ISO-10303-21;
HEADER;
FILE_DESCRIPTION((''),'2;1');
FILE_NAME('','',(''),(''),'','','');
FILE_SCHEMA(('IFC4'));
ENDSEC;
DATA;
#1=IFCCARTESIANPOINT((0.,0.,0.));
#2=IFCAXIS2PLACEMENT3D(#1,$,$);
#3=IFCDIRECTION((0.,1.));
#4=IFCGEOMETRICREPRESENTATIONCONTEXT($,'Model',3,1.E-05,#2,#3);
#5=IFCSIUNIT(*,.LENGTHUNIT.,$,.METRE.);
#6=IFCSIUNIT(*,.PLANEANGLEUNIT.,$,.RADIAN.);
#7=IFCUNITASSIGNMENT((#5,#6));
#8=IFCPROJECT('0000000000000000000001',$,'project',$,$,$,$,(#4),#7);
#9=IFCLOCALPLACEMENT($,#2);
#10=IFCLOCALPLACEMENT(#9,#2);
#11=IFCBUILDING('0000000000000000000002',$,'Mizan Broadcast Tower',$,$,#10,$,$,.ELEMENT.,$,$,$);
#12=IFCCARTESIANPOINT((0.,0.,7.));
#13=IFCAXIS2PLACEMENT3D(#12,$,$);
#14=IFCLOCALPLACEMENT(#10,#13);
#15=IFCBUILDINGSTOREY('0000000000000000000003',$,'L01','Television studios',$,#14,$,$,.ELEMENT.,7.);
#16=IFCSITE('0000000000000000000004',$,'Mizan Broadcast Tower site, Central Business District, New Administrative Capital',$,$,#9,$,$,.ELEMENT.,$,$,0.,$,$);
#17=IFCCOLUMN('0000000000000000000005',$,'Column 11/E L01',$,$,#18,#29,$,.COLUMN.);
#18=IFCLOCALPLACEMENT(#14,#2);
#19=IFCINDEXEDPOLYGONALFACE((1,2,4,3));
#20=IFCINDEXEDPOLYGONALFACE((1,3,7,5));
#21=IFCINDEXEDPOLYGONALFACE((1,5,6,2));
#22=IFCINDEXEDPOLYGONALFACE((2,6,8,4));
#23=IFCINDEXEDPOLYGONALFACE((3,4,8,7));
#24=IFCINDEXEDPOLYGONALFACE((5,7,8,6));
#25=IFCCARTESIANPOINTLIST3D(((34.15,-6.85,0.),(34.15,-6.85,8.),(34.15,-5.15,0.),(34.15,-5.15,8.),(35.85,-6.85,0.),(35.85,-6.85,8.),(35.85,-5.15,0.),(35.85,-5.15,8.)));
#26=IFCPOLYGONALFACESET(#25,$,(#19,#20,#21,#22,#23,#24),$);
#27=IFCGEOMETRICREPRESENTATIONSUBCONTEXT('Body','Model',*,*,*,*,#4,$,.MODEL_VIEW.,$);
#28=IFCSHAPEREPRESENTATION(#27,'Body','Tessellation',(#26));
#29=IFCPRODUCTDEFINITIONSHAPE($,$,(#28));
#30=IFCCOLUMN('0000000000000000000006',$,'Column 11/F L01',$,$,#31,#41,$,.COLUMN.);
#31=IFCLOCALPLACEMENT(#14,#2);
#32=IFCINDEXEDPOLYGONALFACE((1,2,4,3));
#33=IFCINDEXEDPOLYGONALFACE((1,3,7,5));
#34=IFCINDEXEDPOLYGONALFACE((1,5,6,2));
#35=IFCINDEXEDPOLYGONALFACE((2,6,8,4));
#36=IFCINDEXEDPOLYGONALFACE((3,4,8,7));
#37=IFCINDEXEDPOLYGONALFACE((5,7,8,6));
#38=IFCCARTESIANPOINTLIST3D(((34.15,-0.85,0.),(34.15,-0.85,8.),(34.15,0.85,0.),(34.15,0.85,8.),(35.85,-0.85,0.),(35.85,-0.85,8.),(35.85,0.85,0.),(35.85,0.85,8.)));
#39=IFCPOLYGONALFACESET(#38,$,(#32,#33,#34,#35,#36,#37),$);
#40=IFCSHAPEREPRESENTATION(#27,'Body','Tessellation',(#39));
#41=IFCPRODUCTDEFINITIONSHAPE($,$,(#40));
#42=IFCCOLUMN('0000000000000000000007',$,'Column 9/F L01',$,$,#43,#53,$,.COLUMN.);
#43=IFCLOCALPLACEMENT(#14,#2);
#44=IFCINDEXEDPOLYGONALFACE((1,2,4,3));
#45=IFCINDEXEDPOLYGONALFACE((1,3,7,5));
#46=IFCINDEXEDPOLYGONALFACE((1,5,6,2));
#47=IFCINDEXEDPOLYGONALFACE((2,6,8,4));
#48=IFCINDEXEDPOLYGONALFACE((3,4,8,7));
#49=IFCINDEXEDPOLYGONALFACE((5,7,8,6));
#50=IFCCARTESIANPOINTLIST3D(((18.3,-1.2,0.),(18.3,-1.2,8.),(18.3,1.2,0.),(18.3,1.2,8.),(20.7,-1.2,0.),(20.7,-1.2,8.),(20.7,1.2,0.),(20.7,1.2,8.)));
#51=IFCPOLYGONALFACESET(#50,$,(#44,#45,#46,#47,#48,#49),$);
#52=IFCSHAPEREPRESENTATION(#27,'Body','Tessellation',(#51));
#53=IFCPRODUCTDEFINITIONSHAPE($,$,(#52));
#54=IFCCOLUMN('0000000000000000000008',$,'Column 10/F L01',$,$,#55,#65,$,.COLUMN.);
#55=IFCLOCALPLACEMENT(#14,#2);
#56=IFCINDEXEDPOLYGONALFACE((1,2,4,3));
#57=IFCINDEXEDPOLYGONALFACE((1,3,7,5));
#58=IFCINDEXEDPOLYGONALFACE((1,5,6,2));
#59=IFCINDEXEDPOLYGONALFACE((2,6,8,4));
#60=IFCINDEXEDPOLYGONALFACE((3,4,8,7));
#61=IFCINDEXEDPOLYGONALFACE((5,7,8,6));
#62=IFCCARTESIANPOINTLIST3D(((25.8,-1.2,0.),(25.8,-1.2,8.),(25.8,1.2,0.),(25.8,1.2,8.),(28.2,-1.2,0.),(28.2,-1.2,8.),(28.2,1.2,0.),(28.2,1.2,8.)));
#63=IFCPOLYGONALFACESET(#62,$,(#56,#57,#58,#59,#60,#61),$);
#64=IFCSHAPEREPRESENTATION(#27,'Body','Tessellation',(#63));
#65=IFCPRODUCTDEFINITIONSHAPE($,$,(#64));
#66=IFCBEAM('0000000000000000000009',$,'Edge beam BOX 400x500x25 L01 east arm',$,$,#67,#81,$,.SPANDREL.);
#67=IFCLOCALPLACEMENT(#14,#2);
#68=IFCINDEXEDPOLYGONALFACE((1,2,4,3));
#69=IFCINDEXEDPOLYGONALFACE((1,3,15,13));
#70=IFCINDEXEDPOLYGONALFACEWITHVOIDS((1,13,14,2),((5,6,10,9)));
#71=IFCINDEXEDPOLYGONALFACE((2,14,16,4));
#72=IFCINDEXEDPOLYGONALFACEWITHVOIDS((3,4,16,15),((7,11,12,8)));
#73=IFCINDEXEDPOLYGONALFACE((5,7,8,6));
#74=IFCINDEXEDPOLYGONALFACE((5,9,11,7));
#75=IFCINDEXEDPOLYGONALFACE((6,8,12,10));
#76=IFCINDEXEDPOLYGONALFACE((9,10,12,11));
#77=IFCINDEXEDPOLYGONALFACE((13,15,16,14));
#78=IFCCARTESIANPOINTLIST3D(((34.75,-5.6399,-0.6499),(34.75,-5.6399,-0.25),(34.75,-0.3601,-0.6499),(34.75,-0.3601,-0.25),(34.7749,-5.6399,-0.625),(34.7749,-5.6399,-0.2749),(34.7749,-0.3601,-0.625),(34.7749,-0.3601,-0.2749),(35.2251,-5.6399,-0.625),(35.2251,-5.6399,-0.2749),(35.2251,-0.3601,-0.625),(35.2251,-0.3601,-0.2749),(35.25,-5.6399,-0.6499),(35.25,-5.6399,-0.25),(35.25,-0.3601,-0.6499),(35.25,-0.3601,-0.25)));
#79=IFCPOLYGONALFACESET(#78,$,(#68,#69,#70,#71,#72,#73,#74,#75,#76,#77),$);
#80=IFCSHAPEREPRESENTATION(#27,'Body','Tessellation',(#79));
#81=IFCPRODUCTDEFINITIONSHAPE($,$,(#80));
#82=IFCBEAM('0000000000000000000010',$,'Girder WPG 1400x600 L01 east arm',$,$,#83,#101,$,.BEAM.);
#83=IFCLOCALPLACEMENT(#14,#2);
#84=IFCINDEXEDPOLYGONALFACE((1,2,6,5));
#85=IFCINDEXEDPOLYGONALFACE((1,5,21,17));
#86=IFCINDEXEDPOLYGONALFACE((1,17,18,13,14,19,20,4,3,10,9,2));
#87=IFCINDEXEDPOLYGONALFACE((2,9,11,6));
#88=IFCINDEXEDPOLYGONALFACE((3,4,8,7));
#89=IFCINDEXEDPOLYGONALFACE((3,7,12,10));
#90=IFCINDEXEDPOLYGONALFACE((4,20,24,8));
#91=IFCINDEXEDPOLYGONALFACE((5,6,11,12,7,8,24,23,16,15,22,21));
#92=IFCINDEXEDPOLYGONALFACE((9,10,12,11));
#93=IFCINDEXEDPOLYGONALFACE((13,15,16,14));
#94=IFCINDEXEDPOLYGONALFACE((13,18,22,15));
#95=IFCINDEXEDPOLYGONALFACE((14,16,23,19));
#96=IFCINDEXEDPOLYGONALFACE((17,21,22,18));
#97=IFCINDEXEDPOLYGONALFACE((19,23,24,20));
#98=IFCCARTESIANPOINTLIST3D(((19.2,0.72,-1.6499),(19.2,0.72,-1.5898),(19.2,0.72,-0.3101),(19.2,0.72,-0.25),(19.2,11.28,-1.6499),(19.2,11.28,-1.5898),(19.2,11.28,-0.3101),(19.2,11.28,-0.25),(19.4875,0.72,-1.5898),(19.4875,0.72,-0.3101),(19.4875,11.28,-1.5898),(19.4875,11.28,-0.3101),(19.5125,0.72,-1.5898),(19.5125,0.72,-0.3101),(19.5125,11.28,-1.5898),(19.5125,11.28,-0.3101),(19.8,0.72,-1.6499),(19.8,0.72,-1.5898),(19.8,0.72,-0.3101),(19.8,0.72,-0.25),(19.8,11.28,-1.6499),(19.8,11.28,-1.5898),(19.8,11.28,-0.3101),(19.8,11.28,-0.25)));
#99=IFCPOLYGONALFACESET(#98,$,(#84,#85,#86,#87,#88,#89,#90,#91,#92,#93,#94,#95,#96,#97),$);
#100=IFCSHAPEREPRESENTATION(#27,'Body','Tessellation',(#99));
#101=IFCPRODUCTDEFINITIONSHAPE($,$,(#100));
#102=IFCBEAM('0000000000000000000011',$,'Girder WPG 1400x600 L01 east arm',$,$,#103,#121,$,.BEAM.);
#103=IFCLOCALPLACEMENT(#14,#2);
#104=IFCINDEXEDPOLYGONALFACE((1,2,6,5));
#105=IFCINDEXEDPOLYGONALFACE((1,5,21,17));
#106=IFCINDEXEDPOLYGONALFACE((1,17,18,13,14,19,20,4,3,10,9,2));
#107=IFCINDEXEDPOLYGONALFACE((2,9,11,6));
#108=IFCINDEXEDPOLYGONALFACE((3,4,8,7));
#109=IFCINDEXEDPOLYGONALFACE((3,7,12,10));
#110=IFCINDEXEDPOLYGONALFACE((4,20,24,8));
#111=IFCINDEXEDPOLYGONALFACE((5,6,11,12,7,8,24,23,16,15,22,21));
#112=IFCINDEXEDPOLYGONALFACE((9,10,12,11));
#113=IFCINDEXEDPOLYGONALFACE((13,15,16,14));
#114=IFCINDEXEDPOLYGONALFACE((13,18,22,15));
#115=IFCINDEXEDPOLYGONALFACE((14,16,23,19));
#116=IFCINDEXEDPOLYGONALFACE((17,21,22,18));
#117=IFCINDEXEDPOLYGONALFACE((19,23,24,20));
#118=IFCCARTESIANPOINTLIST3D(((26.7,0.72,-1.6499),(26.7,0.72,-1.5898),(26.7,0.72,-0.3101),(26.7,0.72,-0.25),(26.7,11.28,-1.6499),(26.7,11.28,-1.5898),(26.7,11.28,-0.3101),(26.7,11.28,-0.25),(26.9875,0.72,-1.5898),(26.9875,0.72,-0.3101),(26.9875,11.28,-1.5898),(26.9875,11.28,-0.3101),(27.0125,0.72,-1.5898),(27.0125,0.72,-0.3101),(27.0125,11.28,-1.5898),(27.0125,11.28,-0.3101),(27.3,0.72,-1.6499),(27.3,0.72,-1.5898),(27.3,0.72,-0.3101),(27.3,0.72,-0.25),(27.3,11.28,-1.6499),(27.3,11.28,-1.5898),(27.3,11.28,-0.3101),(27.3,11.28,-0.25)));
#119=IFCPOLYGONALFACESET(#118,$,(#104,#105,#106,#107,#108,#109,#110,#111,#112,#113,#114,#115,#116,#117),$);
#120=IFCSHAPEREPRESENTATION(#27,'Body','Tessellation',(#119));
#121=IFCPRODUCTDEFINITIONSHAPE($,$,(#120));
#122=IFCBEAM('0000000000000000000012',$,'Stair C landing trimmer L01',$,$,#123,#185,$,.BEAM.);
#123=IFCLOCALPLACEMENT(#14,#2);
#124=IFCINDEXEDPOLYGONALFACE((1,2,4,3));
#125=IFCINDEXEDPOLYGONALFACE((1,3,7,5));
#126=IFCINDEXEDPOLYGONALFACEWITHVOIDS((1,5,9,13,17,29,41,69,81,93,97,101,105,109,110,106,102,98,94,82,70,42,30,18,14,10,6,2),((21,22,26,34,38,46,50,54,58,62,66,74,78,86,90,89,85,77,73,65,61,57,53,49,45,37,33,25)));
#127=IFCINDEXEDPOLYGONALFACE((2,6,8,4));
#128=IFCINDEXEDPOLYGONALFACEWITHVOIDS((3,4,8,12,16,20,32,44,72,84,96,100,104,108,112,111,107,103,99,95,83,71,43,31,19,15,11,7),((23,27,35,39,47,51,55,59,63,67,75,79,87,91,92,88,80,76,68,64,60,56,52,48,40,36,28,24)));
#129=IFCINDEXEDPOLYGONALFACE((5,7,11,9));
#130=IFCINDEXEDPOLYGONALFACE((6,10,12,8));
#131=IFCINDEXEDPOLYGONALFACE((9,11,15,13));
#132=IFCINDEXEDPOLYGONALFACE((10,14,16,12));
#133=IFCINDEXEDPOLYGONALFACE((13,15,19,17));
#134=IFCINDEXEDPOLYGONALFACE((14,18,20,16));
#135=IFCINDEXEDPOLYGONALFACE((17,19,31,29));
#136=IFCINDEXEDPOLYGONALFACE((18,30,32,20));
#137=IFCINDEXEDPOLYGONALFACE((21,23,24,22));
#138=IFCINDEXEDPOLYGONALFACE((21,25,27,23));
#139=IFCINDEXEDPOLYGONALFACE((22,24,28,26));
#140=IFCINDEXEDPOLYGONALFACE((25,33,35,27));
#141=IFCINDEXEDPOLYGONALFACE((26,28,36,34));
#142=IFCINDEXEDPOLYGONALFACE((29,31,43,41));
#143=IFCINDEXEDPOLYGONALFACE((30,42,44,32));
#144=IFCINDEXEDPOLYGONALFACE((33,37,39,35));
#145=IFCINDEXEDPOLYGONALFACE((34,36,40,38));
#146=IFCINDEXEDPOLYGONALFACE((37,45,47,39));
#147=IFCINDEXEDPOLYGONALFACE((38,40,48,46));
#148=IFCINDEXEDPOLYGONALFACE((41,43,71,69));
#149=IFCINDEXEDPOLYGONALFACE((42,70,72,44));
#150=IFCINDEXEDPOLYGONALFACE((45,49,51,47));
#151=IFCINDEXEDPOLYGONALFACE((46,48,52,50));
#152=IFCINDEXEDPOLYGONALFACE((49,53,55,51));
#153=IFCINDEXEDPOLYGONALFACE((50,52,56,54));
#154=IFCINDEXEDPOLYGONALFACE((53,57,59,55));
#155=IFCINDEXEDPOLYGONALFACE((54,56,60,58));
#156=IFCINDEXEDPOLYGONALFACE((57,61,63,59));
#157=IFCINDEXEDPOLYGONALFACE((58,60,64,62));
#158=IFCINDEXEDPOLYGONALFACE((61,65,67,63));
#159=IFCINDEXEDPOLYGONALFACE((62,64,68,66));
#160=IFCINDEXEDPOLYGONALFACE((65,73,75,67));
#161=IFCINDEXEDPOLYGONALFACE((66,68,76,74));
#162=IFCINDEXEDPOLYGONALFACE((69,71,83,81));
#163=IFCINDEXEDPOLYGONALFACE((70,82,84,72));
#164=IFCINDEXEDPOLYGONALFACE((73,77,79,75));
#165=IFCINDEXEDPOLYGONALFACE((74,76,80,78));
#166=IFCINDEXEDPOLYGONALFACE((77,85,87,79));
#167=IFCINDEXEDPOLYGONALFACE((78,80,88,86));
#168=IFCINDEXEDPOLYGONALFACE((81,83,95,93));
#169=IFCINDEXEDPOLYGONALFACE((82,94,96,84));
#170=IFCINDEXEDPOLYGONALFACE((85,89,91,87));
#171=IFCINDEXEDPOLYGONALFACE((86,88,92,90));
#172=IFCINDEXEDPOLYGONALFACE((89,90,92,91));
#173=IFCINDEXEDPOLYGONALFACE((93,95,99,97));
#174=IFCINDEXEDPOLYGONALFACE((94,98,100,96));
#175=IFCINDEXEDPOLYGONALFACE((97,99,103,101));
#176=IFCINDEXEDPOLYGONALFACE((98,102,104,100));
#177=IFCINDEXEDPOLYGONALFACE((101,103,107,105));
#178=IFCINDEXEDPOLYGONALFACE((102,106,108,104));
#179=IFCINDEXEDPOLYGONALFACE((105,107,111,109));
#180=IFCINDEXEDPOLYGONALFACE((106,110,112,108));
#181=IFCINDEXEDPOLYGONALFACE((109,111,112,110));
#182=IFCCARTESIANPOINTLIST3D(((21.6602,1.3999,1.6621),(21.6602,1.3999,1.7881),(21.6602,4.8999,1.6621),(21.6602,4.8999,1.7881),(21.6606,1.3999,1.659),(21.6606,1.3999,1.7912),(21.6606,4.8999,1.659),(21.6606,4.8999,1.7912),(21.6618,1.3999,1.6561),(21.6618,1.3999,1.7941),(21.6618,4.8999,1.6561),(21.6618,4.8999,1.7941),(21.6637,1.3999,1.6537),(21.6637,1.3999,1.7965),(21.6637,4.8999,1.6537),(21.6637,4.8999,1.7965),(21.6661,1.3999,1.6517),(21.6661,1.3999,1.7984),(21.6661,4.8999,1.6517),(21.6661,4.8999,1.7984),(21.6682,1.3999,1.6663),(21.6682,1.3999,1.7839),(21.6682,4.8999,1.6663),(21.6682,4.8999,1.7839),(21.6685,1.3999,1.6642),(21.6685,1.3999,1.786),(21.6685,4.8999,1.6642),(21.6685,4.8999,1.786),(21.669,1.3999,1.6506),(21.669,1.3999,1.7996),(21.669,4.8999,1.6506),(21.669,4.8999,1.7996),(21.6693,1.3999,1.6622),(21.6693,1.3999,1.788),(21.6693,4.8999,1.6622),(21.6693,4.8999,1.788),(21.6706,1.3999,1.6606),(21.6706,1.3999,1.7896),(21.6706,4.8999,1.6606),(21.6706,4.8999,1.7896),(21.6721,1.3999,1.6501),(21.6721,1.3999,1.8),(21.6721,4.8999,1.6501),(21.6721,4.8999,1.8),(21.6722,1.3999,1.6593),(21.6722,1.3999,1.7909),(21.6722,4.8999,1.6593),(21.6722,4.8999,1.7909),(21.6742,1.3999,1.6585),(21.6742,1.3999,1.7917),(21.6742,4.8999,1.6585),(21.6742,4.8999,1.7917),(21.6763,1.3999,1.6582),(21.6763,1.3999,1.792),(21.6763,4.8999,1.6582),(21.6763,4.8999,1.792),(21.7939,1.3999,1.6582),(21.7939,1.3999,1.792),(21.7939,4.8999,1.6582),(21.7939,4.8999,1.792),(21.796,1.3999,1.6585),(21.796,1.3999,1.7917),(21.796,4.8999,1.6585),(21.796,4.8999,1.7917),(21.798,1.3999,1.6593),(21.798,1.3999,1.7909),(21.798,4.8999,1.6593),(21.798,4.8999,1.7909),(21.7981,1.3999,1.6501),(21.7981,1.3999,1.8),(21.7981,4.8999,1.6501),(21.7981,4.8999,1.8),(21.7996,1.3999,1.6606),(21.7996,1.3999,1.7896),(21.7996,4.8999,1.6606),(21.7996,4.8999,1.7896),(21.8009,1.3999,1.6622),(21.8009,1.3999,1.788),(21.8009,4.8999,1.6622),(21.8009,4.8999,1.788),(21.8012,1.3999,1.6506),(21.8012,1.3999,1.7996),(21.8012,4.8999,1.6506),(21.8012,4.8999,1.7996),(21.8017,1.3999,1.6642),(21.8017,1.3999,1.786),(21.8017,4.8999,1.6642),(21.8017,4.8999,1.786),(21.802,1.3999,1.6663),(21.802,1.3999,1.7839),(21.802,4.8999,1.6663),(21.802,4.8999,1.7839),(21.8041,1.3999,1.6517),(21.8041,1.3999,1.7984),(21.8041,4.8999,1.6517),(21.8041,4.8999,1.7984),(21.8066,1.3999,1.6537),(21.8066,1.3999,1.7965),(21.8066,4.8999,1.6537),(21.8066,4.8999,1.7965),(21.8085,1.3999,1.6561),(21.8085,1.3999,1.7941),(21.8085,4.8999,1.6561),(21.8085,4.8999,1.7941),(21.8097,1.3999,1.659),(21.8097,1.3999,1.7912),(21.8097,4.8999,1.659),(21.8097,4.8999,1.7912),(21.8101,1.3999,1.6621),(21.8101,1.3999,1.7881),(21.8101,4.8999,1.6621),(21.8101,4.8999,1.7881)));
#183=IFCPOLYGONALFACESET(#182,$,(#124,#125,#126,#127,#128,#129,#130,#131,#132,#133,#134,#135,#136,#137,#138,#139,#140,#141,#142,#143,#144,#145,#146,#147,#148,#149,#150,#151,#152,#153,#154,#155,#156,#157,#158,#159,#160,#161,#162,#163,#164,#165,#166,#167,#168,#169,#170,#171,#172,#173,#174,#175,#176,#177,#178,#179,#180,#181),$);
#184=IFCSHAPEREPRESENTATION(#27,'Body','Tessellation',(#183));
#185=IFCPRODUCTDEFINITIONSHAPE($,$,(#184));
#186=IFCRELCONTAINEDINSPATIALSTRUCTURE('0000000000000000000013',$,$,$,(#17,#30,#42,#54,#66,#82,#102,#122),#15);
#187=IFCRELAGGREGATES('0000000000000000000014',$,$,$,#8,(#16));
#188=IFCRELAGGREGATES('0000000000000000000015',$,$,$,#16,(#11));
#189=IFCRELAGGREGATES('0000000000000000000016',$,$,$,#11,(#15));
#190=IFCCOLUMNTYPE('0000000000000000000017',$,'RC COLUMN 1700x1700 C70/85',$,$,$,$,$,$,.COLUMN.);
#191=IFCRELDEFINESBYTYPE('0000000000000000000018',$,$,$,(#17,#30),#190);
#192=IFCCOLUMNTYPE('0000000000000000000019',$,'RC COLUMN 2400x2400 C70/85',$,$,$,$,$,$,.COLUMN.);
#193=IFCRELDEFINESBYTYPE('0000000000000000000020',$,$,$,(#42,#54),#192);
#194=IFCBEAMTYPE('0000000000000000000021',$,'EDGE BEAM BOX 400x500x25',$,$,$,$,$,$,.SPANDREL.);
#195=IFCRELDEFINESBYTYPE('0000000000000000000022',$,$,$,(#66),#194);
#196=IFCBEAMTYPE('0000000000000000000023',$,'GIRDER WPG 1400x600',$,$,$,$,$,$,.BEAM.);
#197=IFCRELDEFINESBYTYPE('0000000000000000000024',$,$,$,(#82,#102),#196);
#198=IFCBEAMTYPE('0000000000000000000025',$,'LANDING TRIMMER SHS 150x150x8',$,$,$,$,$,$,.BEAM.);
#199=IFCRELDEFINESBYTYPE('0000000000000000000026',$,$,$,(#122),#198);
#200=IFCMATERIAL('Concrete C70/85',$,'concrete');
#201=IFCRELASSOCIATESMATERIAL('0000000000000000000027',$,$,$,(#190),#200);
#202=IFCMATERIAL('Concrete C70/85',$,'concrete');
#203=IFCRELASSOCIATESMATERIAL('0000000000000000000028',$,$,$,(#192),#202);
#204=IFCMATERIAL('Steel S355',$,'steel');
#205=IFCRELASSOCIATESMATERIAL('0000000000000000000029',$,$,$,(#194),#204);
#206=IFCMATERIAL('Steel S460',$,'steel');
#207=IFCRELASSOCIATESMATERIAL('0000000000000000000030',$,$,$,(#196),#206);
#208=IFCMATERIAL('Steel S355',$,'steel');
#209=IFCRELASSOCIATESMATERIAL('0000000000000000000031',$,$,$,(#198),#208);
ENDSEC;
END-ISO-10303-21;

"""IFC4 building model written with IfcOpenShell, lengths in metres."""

from ifc_helpers import new_model, si_unit, direction, frame, origin, origin_2d, place, context, subcontext, project, spatial, rectangle, hollow_rectangle, i_section, extrude, material, material_profile, profile_set, type_object, element, save


model = new_model("IFC4")

# Units and contexts
model_context = context("Model", 3, precision=1e-05, world=origin(), true_north=direction((0.0, 1.0)))
body_context = subcontext(model_context, "Body", "Model", "MODEL_VIEW")
ifc_project = project(units=[si_unit("LENGTHUNIT", "METRE"), si_unit("PLANEANGLEUNIT", "RADIAN")], contexts=[model_context])

# Site, building, storey
site_placement = place(None, origin())
site = spatial("IfcSite", under=ifc_project, at=site_placement, Name="Mizan Broadcast Tower site, Central Business District, New Administrative Capital", CompositionType="ELEMENT", RefElevation=0.0)
building_placement = place(site_placement, origin())
building = spatial("IfcBuilding", under=site, at=building_placement, Name="Mizan Broadcast Tower", CompositionType="ELEMENT")
storey_placement = place(building_placement, frame((0.0, 0.0, 7.0)))
storey = spatial("IfcBuildingStorey", under=building, at=storey_placement, Name="L01", Description="Television studios", CompositionType="ELEMENT", Elevation=7.0)

# Columns
ifc_material_1 = material(Name="Concrete C70/85", Category="concrete")
ifc_material_profile_1 = material_profile(ifc_material_1, rectangle(XDim=1.7, YDim=1.7, at=origin_2d()), Name="RC 1700x1700")
ifc_profile_set_1 = profile_set([ifc_material_profile_1], Name="Concrete C70/85")
column_type_1 = type_object("IfcColumnType", Name="RC COLUMN 1700x1700 C70/85", PredefinedType="COLUMN", material=ifc_profile_set_1)
for number, where, z_axis, x_axis, name in (
    (1, (35.0, -6.0, 0.0), (0.0, 0.0, 1.0), (1.0, 0.0, 0.0), "Column 11/E L01"),
    (2, (35.0, 0.0, 0.0), (0.0, 0.0, 1.0), (1.0, 0.0, 0.0), "Column 11/F L01"),
):
    element("IfcColumn", number, at=place(storey_placement, frame(where, z_axis=z_axis, x_axis=x_axis)), inside=storey, type_object=column_type_1, Name=name, PredefinedType="COLUMN", context=body_context, shape_type="SweptSolid", body=[
        extrude(rectangle(XDim=1.7, YDim=1.7, at=origin_2d()), origin(), (0.0, 0.0, 1.0), 8.0),
    ])
ifc_material_2 = material(Name="Concrete C70/85", Category="concrete")
ifc_material_profile_2 = material_profile(ifc_material_2, rectangle(XDim=2.3999, YDim=2.3999, at=origin_2d()), Name="RC 2400x2400")
ifc_profile_set_2 = profile_set([ifc_material_profile_2], Name="Concrete C70/85")
column_type_2 = type_object("IfcColumnType", Name="RC COLUMN 2400x2400 C70/85", PredefinedType="COLUMN", material=ifc_profile_set_2)
for number, where, z_axis, x_axis, name in (
    (3, (19.5, 0.0, 0.0), (0.0, 0.0, 1.0), (1.0, 0.0, 0.0), "Column 9/F L01"),
    (4, (27.0, 0.0, 0.0), (0.0, 0.0, 1.0), (1.0, 0.0, 0.0), "Column 10/F L01"),
):
    element("IfcColumn", number, at=place(storey_placement, frame(where, z_axis=z_axis, x_axis=x_axis)), inside=storey, type_object=column_type_2, Name=name, PredefinedType="COLUMN", context=body_context, shape_type="SweptSolid", body=[
        extrude(rectangle(XDim=2.3999, YDim=2.3999, at=origin_2d()), origin(), (0.0, 0.0, 1.0), 8.0),
    ])

# Beams
ifc_material_3 = material(Name="Steel S355", Category="steel")
ifc_material_profile_3 = material_profile(ifc_material_3, hollow_rectangle(XDim=0.5, YDim=0.3999, WallThickness=0.0249, at=origin_2d()), Name="BOX 400x500x25")
ifc_profile_set_3 = profile_set([ifc_material_profile_3], Name="Steel S355")
beam_type_1 = type_object("IfcBeamType", Name="EDGE BEAM BOX 400x500x25", PredefinedType="SPANDREL", material=ifc_profile_set_3)
beam_1_placement = place(storey_placement, frame((35.0, -5.6399, -0.45), z_axis=(0.0, 1.0, 0.0), x_axis=(-1.0, 0.0, 0.0)))
element("IfcBeam", 5, at=beam_1_placement, inside=storey, type_object=beam_type_1, Name="Edge beam BOX 400x500x25 L01 east arm", PredefinedType="SPANDREL", context=body_context, shape_type="SweptSolid", body=[
    extrude(hollow_rectangle(XDim=0.5, YDim=0.3999, WallThickness=0.0249, at=origin_2d()), origin(), (0.0, 0.0, 1.0), 5.2798),
])
ifc_material_4 = material(Name="Steel S460", Category="steel")
ifc_material_profile_4 = material_profile(ifc_material_4, i_section(OverallWidth=0.6001, OverallDepth=1.3999, WebThickness=0.0249, FlangeThickness=0.0601, at=origin_2d()), Name="WPG 1400x600")
ifc_profile_set_4 = profile_set([ifc_material_profile_4], Name="Steel S460")
beam_type_2 = type_object("IfcBeamType", Name="GIRDER WPG 1400x600", PredefinedType="BEAM", material=ifc_profile_set_4)
for number, where, z_axis, x_axis, name in (
    (6, (19.5, 0.72, -0.95), (0.0, 1.0, 0.0), (-1.0, 0.0, 0.0), "Girder WPG 1400x600 L01 east arm"),
    (7, (27.0, 0.72, -0.95), (0.0, 1.0, 0.0), (-1.0, 0.0, 0.0), "Girder WPG 1400x600 L01 east arm"),
):
    element("IfcBeam", number, at=place(storey_placement, frame(where, z_axis=z_axis, x_axis=x_axis)), inside=storey, type_object=beam_type_2, Name=name, PredefinedType="BEAM", context=body_context, shape_type="SweptSolid", body=[
        extrude(i_section(OverallWidth=0.6001, OverallDepth=1.3999, WebThickness=0.0249, FlangeThickness=0.0601, at=origin_2d()), origin(), (0.0, 0.0, 1.0), 10.5601),
    ])
ifc_material_5 = material(Name="Steel S355", Category="steel")
ifc_material_profile_5 = material_profile(ifc_material_5, hollow_rectangle(XDim=0.1499, YDim=0.1499, WallThickness=0.0081, InnerFilletRadius=0.0081, OuterFilletRadius=0.012, at=origin_2d()), Name="SHS 150x150x8")
ifc_profile_set_5 = profile_set([ifc_material_profile_5], Name="Steel S355")
beam_type_3 = type_object("IfcBeamType", Name="LANDING TRIMMER SHS 150x150x8", PredefinedType="BEAM", material=ifc_profile_set_5)
for number, where, z_axis, x_axis, name in (
    (8, (21.7351, 1.3999, 1.7251), (0.0, 1.0, 0.0), (-1.0, 0.0, 0.0), "Stair C landing trimmer L01"),
):
    element("IfcBeam", number, at=place(storey_placement, frame(where, z_axis=z_axis, x_axis=x_axis)), inside=storey, type_object=beam_type_3, Name=name, PredefinedType="BEAM", context=body_context, shape_type="SweptSolid", body=[
        extrude(hollow_rectangle(XDim=0.1499, YDim=0.1499, WallThickness=0.0081, InnerFilletRadius=0.0081, OuterFilletRadius=0.012, at=origin_2d()), origin(), (0.0, 0.0, 1.0), 3.5),
    ])

save(model, "model.ifc")
